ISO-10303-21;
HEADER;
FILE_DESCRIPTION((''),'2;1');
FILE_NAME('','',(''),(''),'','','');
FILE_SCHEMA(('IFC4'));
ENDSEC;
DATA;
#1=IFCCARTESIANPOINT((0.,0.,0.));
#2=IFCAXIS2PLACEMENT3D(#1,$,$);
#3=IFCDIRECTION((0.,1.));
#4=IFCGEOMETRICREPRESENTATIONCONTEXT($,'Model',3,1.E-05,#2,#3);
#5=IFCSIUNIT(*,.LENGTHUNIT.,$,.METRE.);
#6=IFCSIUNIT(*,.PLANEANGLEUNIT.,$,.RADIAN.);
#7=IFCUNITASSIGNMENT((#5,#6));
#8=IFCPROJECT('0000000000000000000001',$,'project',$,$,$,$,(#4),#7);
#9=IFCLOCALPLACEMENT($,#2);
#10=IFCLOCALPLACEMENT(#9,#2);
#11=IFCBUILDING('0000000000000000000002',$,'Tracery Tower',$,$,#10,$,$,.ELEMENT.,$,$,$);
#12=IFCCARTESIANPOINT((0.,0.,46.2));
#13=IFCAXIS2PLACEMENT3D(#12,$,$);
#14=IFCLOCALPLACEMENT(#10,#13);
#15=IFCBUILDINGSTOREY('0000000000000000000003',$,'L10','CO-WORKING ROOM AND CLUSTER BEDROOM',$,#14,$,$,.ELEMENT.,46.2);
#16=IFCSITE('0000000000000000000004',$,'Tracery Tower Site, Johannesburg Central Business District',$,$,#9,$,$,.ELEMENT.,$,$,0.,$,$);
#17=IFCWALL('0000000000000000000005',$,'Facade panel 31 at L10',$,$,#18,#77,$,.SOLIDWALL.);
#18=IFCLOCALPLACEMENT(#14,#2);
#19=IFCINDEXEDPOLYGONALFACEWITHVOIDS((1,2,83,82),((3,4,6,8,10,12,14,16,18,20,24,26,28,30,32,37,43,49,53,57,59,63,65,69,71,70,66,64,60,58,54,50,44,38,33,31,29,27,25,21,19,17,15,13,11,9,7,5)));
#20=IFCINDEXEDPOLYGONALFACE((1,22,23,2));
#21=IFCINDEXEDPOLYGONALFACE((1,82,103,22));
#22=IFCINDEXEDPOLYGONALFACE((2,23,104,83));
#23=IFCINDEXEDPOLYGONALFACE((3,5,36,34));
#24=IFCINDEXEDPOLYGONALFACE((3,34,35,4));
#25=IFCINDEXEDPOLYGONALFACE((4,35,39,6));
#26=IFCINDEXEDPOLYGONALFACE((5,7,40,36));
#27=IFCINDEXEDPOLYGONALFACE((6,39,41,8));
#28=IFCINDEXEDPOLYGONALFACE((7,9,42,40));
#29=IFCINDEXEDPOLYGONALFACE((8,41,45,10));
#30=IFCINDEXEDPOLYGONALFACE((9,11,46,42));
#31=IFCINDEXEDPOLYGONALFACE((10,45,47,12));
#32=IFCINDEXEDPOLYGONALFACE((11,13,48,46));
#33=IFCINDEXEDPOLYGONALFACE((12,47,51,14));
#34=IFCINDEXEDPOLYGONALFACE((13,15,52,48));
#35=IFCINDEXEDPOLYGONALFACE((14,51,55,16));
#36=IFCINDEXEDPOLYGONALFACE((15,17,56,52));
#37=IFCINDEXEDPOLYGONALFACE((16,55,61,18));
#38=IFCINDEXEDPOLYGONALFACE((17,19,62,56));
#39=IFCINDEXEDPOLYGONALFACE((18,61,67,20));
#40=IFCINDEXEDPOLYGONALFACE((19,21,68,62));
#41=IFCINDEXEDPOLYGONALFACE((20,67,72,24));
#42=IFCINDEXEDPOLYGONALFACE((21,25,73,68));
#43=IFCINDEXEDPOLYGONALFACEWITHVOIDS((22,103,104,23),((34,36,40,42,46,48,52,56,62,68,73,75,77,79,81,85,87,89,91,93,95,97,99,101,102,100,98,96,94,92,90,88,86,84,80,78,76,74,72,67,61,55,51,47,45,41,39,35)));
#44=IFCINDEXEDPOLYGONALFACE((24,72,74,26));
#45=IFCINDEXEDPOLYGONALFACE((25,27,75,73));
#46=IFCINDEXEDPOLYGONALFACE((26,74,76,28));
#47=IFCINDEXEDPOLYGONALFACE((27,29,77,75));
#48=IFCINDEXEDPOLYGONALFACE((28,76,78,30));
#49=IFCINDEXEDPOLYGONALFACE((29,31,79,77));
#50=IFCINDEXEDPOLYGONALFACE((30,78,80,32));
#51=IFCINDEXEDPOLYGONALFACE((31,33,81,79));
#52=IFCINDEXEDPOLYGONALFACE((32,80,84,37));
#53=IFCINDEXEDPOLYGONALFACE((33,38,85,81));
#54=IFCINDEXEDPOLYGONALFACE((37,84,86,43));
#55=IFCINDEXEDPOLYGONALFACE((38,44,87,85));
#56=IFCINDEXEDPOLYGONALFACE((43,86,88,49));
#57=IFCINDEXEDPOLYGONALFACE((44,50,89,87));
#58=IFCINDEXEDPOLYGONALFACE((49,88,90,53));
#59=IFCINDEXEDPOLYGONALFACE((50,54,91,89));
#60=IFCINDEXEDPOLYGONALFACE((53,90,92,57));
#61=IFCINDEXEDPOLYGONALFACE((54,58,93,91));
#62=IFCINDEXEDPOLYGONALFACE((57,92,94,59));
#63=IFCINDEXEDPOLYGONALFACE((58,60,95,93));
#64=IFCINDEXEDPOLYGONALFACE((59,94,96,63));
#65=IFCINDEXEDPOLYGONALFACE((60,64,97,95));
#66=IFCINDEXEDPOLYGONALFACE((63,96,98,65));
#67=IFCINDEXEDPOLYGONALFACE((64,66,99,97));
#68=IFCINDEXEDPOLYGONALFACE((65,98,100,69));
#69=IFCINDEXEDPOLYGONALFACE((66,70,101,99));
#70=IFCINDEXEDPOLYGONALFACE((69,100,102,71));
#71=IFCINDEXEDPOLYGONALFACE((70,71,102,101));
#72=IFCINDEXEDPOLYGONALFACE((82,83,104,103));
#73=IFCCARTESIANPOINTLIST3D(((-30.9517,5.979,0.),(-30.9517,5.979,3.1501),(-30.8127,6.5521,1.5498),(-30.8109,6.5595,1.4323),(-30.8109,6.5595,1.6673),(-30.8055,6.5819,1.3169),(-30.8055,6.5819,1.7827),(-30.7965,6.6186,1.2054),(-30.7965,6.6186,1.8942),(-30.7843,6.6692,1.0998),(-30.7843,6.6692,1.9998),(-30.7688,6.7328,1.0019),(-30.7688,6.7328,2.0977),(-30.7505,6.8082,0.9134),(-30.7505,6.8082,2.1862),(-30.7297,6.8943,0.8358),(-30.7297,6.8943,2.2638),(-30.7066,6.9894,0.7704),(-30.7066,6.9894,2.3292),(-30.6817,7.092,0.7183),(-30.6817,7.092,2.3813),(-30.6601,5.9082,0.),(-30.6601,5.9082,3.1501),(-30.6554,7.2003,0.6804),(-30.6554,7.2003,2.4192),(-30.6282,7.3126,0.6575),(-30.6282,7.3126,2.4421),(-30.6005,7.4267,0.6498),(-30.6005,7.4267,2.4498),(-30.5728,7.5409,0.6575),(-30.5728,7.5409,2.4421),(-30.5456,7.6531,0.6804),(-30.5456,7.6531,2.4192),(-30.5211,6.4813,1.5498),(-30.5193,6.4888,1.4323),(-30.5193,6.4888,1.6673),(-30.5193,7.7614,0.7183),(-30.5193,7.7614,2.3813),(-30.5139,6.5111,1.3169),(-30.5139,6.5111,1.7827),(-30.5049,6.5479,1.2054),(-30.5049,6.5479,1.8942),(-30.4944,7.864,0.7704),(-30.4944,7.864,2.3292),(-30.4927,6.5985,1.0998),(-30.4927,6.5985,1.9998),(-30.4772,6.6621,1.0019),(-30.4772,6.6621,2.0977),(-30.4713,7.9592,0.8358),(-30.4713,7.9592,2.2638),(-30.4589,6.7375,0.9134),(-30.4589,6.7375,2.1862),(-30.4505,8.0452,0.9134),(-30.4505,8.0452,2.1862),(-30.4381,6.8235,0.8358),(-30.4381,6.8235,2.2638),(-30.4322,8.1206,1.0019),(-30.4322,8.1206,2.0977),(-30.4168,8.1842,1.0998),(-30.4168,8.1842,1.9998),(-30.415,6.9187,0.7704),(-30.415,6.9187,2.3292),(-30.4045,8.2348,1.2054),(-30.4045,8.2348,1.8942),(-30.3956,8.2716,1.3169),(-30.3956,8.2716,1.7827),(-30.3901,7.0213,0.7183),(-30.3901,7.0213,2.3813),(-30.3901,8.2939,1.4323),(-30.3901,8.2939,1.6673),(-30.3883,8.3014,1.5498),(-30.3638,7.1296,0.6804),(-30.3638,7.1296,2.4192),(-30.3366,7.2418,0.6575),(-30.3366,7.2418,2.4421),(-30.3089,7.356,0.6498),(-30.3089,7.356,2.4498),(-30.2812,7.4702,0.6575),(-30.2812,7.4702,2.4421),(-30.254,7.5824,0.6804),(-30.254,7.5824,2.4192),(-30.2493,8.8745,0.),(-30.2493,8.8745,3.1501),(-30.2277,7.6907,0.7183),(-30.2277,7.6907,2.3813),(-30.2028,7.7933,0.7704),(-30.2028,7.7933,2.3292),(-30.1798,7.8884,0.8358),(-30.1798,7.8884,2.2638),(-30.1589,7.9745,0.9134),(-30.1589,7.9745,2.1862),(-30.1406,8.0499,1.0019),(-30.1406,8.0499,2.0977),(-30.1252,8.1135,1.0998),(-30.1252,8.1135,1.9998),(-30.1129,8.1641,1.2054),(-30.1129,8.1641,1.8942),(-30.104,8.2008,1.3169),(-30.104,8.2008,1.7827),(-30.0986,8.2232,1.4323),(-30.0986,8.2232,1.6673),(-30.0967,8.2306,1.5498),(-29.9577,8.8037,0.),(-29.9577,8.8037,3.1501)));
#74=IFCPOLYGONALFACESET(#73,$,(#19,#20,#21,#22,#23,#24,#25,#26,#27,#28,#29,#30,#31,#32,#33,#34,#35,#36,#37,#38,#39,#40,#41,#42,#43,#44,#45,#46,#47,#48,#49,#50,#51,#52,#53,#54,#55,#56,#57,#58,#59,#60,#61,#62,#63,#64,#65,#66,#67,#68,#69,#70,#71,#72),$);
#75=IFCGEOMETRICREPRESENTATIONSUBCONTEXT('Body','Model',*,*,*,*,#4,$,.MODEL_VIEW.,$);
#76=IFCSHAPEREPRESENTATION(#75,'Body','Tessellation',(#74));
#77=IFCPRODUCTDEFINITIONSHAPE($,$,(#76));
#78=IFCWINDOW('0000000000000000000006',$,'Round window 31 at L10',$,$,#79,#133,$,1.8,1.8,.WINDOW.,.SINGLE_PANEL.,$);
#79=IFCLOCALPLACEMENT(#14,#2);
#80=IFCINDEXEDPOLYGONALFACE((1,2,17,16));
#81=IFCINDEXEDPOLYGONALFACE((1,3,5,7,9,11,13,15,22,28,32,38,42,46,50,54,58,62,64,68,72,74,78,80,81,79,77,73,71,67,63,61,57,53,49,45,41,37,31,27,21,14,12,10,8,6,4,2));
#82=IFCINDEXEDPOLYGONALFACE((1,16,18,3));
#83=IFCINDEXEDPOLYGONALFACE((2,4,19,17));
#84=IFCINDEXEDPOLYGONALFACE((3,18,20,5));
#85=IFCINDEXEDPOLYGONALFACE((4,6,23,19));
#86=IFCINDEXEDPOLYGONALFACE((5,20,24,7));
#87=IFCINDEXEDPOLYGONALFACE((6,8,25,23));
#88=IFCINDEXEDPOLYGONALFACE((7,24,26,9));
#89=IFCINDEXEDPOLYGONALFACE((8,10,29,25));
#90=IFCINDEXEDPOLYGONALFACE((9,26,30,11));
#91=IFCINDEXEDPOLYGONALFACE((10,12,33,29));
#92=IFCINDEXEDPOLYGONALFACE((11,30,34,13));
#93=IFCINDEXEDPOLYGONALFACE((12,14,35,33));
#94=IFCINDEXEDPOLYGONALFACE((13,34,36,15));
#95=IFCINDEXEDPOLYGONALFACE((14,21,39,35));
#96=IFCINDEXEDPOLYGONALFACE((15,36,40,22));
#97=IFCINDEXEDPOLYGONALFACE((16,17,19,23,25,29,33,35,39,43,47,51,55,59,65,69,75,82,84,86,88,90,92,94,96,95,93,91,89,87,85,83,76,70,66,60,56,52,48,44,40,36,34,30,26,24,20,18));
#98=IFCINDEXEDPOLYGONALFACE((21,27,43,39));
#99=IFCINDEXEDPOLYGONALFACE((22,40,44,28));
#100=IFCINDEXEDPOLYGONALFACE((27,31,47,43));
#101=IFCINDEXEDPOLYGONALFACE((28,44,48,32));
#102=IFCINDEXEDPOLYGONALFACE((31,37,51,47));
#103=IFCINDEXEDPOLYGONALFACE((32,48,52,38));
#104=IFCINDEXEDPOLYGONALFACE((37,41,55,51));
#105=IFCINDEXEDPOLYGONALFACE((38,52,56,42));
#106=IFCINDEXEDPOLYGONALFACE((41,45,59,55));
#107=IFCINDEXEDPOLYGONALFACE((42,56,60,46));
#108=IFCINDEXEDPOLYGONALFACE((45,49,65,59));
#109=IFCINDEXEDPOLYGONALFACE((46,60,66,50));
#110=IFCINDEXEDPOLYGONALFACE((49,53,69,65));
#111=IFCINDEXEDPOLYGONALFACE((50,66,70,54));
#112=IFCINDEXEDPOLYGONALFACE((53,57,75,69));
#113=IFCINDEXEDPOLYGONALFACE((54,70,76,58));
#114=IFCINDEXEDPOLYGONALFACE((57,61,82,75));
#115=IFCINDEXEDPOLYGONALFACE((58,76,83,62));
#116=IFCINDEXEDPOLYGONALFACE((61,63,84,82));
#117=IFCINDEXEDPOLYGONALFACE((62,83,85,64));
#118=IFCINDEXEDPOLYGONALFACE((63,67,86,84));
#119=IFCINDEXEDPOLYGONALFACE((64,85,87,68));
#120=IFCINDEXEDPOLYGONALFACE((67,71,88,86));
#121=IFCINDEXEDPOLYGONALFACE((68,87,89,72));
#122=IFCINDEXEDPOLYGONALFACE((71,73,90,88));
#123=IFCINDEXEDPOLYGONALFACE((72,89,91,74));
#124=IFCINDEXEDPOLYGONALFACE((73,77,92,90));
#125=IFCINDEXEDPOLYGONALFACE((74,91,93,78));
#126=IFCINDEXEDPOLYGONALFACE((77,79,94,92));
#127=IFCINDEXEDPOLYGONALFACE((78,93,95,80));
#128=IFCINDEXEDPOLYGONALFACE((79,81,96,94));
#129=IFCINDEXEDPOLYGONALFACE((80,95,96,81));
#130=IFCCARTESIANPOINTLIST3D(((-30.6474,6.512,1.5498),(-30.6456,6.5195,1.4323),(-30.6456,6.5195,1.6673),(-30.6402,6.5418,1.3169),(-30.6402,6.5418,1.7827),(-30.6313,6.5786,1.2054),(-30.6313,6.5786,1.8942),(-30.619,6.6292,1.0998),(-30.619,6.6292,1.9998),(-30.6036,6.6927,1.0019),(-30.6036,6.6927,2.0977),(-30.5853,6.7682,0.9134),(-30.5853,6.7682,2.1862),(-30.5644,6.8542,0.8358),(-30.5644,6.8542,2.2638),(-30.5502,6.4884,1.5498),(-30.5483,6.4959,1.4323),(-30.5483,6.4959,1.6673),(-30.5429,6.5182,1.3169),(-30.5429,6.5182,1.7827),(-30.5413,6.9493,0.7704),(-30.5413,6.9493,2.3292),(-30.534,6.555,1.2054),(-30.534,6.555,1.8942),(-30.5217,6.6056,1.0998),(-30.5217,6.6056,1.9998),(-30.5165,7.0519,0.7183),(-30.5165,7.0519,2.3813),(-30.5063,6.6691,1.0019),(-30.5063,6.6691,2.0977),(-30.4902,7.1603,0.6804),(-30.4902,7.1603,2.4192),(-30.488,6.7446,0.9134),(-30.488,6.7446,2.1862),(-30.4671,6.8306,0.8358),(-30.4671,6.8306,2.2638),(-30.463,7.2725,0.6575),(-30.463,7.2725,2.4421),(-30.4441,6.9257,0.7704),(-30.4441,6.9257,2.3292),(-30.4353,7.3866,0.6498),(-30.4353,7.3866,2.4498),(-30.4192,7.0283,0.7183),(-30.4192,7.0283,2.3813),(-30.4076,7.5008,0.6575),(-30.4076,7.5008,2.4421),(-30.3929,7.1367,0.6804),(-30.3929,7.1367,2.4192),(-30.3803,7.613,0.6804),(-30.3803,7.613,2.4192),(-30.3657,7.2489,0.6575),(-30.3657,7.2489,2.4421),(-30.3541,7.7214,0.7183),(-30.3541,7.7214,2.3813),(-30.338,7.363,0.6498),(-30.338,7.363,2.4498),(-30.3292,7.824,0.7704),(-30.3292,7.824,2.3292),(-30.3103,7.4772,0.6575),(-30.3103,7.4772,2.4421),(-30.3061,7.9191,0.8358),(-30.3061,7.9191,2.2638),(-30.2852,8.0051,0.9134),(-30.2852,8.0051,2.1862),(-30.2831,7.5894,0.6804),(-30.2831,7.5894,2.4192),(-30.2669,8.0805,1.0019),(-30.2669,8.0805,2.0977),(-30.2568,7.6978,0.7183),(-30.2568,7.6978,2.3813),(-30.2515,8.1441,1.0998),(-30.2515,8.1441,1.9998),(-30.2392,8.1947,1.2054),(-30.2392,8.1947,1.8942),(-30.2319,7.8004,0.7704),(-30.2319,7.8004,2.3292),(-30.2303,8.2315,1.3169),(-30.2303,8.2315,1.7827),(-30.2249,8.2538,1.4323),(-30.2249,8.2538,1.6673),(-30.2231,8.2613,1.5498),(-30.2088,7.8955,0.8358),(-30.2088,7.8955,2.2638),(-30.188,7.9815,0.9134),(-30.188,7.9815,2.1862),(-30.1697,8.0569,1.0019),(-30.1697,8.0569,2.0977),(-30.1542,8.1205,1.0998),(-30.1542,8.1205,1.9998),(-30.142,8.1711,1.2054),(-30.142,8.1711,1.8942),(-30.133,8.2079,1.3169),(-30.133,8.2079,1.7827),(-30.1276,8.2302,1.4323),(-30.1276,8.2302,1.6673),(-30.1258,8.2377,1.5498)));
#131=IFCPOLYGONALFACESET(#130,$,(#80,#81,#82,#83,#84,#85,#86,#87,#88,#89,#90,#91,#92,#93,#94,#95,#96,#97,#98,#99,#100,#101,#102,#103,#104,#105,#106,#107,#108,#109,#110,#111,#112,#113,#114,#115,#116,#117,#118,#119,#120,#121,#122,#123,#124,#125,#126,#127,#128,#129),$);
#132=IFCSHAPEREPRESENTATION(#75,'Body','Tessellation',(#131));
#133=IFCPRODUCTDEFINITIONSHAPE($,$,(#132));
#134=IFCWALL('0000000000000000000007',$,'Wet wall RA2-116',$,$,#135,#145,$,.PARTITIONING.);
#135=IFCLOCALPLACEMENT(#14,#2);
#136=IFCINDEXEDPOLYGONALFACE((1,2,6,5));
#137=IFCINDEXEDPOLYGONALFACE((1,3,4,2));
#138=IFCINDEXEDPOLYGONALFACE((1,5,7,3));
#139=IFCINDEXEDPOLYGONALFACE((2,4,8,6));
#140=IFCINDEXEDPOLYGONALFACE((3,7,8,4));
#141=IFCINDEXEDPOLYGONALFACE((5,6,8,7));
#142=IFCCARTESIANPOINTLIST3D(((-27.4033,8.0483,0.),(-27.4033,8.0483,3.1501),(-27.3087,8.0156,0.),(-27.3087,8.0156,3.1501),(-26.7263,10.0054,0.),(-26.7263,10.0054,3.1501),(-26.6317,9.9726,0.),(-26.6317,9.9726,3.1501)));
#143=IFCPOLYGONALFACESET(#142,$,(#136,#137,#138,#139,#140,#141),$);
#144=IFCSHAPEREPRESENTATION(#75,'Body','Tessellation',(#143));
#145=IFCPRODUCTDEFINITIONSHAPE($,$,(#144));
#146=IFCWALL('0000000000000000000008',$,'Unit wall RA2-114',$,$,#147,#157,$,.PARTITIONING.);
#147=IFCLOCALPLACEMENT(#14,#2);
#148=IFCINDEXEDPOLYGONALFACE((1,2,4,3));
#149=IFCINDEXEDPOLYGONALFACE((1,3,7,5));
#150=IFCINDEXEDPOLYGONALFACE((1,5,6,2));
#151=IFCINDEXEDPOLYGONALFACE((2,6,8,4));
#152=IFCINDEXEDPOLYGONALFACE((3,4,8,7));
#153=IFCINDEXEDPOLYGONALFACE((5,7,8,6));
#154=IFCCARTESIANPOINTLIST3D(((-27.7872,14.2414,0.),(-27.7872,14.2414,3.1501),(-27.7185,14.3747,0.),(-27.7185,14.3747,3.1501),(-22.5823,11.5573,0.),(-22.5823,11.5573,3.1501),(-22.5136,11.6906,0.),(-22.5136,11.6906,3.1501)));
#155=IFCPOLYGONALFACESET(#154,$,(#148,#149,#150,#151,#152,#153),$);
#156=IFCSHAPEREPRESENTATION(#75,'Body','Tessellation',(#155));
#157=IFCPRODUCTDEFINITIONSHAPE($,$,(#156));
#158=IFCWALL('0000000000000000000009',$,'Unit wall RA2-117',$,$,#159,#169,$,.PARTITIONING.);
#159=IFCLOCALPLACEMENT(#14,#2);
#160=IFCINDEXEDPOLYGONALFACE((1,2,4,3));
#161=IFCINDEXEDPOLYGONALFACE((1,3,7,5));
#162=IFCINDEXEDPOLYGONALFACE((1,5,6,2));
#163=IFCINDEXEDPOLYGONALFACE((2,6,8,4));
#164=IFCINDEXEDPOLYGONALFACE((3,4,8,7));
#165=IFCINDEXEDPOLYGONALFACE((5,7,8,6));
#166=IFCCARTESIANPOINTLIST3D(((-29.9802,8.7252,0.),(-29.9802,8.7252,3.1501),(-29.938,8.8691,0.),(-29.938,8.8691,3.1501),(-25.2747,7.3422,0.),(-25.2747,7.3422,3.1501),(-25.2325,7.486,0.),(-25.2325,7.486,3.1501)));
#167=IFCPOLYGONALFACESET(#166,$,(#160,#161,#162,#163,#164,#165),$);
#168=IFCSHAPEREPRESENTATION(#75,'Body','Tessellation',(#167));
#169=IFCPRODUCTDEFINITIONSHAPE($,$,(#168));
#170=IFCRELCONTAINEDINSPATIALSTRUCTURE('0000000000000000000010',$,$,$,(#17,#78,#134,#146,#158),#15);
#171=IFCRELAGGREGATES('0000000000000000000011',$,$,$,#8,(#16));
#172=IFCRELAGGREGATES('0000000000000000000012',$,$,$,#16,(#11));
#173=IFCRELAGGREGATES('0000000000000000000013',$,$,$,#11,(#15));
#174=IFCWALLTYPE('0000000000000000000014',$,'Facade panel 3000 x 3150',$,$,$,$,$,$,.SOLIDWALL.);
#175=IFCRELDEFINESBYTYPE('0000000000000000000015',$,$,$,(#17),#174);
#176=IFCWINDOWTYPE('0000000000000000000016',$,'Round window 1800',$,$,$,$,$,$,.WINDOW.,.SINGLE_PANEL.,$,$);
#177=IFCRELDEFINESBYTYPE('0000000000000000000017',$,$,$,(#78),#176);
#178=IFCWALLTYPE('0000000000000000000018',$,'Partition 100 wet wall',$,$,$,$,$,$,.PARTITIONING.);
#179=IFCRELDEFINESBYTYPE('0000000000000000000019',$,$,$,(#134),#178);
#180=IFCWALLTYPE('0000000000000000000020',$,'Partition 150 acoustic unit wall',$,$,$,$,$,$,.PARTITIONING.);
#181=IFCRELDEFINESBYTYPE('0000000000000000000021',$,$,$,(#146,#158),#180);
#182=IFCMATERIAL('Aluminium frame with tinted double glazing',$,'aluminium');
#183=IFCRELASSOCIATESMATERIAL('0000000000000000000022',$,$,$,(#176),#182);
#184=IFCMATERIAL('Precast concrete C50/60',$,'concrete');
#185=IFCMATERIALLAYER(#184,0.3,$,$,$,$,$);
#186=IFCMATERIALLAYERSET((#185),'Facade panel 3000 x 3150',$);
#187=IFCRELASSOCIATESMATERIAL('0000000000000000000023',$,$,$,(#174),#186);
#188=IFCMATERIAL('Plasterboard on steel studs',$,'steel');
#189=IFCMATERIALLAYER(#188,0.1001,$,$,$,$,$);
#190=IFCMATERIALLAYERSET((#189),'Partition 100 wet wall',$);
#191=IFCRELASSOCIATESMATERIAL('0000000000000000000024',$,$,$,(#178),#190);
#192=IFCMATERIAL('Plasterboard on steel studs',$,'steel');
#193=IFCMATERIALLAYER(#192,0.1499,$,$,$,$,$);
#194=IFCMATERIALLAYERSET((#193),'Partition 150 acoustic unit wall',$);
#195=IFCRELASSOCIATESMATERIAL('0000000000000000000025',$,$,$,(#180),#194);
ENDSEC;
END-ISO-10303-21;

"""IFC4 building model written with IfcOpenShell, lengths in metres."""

from ifc_helpers import new_model, si_unit, direction, frame, frame_2d, origin, origin_2d, place, context, subcontext, project, spatial, rectangle, circle, extrude, material, layer, layer_set, type_object, element, fill, save


model = new_model("IFC4")

# Units and contexts
model_context = context("Model", 3, precision=1e-05, world=origin(), true_north=direction((0.0, 1.0)))
body_context = subcontext(model_context, "Body", "Model", "MODEL_VIEW")
ifc_project = project(units=[si_unit("LENGTHUNIT", "METRE"), si_unit("PLANEANGLEUNIT", "RADIAN")], contexts=[model_context])

# Site, building, storey
site_placement = place(None, origin())
site = spatial("IfcSite", under=ifc_project, at=site_placement, Name="Tracery Tower Site, Johannesburg Central Business District", CompositionType="ELEMENT", RefElevation=0.0)
building_placement = place(site_placement, origin())
building = spatial("IfcBuilding", under=site, at=building_placement, Name="Tracery Tower", CompositionType="ELEMENT")
storey_placement = place(building_placement, frame((0.0, 0.0, 46.2)))
storey = spatial("IfcBuildingStorey", under=building, at=storey_placement, Name="L10", Description="CO-WORKING ROOM AND CLUSTER BEDROOM", CompositionType="ELEMENT", Elevation=46.2)

# Wall, opening, window
ifc_material_1 = material(Name="Aluminium frame with tinted double glazing", Category="aluminium")
window_type = type_object("IfcWindowType", Name="Round window 1800", PartitioningType="SINGLE_PANEL", PredefinedType="WINDOW", material=ifc_material_1)
ifc_material_2 = material(Name="Precast concrete C50/60", Category="concrete")
ifc_layer_1 = layer(ifc_material_2, 0.3)
ifc_layer_set_1 = layer_set([ifc_layer_1], Name="Facade panel 3000 x 3150")
wall_type_1 = type_object("IfcWallType", Name="Facade panel 3000 x 3150", PredefinedType="SOLIDWALL", material=ifc_layer_set_1)
wall_1_placement = place(storey_placement, frame((-30.1035, 8.8391, 0.0), z_axis=(0.0, 0.0, 1.0), x_axis=(-0.235743, -0.971815, 0.0)))
wall_1 = element("IfcWall", 1, at=wall_1_placement, inside=storey, type_object=wall_type_1, Name="Facade panel 31 at L10", PredefinedType="SOLIDWALL", context=body_context, shape_type="SweptSolid", body=[
    extrude(rectangle(XDim=2.9795, YDim=0.3, at=frame_2d((1.4897, 0.0))), origin(), (0.0, 0.0, 1.0), 3.1501),
])
opening_1_placement = place(wall_1_placement, frame((1.4897, 0.0, 1.5498)))
opening_1 = element("IfcOpeningElement", 2, at=opening_1_placement, cuts=wall_1, PredefinedType="OPENING", context=body_context, shape_type="SweptSolid", body=[
    extrude(circle(Radius=0.9, at=origin_2d()), frame((0.0, 0.1599, 0.0), z_axis=(0.0, -1.0, 0.0), x_axis=(1.0, 0.0, 0.0)), (0.0, 0.0, 1.0), 0.3201),
])
window_1_placement = place(opening_1_placement, origin())
window_1 = element("IfcWindow", 3, at=window_1_placement, inside=storey, type_object=window_type, Name="Round window 31 at L10", OverallHeight=1.8, OverallWidth=1.8, PartitioningType="SINGLE_PANEL", PredefinedType="WINDOW", context=body_context, shape_type="SweptSolid", body=[
    extrude(circle(Radius=0.9, at=origin_2d()), frame((0.0, 0.1201, 0.0), z_axis=(0.0, -1.0, 0.0), x_axis=(1.0, 0.0, 0.0)), (0.0, 0.0, 1.0), 0.1001),
])
fill(opening_1, window_1)

# Walls
ifc_material_3 = material(Name="Plasterboard on steel studs", Category="steel")
ifc_layer_2 = layer(ifc_material_3, 0.1001)
ifc_layer_set_2 = layer_set([ifc_layer_2], Name="Partition 100 wet wall")
wall_type_2 = type_object("IfcWallType", Name="Partition 100 wet wall", PredefinedType="PARTITIONING", material=ifc_layer_set_2)
wall_2_placement = place(storey_placement, frame((-27.356, 8.032, 0.0), z_axis=(0.0, 0.0, 1.0), x_axis=(0.326924, 0.945051, 0.0)))
element("IfcWall", 4, at=wall_2_placement, inside=storey, type_object=wall_type_2, Name="Wet wall RA2-116", PredefinedType="PARTITIONING", context=body_context, shape_type="SweptSolid", body=[
    extrude(rectangle(XDim=2.0708, YDim=0.1001, at=frame_2d((1.0354, 0.0))), origin(), (0.0, 0.0, 1.0), 3.1501),
])
ifc_material_4 = material(Name="Plasterboard on steel studs", Category="steel")
ifc_layer_3 = layer(ifc_material_4, 0.1499)
ifc_layer_set_3 = layer_set([ifc_layer_3], Name="Partition 150 acoustic unit wall")
wall_type_3 = type_object("IfcWallType", Name="Partition 150 acoustic unit wall", PredefinedType="PARTITIONING", material=ifc_layer_set_3)
wall_3_placement = place(storey_placement, frame((-27.7529, 14.3081, 0.0), z_axis=(0.0, 0.0, 1.0), x_axis=(0.88878, -0.458335, 0.0)))
element("IfcWall", 5, at=wall_3_placement, inside=storey, type_object=wall_type_3, Name="Unit wall RA2-114", PredefinedType="PARTITIONING", context=body_context, shape_type="SweptSolid", body=[
    extrude(rectangle(XDim=5.8562, YDim=0.1499, at=frame_2d((2.9282, 0.0))), origin(), (0.0, 0.0, 1.0), 3.1501),
])
wall_4_placement = place(storey_placement, frame((-29.959, 8.7971, 0.0), z_axis=(0.0, 0.0, 1.0), x_axis=(0.959417, -0.281991, 0.0)))
element("IfcWall", 6, at=wall_4_placement, inside=storey, type_object=wall_type_3, Name="Unit wall RA2-117", PredefinedType="PARTITIONING", context=body_context, shape_type="SweptSolid", body=[
    extrude(rectangle(XDim=4.9045, YDim=0.1499, at=frame_2d((2.4521, 0.0))), origin(), (0.0, 0.0, 1.0), 3.1501),
])

save(model, "model.ifc")
